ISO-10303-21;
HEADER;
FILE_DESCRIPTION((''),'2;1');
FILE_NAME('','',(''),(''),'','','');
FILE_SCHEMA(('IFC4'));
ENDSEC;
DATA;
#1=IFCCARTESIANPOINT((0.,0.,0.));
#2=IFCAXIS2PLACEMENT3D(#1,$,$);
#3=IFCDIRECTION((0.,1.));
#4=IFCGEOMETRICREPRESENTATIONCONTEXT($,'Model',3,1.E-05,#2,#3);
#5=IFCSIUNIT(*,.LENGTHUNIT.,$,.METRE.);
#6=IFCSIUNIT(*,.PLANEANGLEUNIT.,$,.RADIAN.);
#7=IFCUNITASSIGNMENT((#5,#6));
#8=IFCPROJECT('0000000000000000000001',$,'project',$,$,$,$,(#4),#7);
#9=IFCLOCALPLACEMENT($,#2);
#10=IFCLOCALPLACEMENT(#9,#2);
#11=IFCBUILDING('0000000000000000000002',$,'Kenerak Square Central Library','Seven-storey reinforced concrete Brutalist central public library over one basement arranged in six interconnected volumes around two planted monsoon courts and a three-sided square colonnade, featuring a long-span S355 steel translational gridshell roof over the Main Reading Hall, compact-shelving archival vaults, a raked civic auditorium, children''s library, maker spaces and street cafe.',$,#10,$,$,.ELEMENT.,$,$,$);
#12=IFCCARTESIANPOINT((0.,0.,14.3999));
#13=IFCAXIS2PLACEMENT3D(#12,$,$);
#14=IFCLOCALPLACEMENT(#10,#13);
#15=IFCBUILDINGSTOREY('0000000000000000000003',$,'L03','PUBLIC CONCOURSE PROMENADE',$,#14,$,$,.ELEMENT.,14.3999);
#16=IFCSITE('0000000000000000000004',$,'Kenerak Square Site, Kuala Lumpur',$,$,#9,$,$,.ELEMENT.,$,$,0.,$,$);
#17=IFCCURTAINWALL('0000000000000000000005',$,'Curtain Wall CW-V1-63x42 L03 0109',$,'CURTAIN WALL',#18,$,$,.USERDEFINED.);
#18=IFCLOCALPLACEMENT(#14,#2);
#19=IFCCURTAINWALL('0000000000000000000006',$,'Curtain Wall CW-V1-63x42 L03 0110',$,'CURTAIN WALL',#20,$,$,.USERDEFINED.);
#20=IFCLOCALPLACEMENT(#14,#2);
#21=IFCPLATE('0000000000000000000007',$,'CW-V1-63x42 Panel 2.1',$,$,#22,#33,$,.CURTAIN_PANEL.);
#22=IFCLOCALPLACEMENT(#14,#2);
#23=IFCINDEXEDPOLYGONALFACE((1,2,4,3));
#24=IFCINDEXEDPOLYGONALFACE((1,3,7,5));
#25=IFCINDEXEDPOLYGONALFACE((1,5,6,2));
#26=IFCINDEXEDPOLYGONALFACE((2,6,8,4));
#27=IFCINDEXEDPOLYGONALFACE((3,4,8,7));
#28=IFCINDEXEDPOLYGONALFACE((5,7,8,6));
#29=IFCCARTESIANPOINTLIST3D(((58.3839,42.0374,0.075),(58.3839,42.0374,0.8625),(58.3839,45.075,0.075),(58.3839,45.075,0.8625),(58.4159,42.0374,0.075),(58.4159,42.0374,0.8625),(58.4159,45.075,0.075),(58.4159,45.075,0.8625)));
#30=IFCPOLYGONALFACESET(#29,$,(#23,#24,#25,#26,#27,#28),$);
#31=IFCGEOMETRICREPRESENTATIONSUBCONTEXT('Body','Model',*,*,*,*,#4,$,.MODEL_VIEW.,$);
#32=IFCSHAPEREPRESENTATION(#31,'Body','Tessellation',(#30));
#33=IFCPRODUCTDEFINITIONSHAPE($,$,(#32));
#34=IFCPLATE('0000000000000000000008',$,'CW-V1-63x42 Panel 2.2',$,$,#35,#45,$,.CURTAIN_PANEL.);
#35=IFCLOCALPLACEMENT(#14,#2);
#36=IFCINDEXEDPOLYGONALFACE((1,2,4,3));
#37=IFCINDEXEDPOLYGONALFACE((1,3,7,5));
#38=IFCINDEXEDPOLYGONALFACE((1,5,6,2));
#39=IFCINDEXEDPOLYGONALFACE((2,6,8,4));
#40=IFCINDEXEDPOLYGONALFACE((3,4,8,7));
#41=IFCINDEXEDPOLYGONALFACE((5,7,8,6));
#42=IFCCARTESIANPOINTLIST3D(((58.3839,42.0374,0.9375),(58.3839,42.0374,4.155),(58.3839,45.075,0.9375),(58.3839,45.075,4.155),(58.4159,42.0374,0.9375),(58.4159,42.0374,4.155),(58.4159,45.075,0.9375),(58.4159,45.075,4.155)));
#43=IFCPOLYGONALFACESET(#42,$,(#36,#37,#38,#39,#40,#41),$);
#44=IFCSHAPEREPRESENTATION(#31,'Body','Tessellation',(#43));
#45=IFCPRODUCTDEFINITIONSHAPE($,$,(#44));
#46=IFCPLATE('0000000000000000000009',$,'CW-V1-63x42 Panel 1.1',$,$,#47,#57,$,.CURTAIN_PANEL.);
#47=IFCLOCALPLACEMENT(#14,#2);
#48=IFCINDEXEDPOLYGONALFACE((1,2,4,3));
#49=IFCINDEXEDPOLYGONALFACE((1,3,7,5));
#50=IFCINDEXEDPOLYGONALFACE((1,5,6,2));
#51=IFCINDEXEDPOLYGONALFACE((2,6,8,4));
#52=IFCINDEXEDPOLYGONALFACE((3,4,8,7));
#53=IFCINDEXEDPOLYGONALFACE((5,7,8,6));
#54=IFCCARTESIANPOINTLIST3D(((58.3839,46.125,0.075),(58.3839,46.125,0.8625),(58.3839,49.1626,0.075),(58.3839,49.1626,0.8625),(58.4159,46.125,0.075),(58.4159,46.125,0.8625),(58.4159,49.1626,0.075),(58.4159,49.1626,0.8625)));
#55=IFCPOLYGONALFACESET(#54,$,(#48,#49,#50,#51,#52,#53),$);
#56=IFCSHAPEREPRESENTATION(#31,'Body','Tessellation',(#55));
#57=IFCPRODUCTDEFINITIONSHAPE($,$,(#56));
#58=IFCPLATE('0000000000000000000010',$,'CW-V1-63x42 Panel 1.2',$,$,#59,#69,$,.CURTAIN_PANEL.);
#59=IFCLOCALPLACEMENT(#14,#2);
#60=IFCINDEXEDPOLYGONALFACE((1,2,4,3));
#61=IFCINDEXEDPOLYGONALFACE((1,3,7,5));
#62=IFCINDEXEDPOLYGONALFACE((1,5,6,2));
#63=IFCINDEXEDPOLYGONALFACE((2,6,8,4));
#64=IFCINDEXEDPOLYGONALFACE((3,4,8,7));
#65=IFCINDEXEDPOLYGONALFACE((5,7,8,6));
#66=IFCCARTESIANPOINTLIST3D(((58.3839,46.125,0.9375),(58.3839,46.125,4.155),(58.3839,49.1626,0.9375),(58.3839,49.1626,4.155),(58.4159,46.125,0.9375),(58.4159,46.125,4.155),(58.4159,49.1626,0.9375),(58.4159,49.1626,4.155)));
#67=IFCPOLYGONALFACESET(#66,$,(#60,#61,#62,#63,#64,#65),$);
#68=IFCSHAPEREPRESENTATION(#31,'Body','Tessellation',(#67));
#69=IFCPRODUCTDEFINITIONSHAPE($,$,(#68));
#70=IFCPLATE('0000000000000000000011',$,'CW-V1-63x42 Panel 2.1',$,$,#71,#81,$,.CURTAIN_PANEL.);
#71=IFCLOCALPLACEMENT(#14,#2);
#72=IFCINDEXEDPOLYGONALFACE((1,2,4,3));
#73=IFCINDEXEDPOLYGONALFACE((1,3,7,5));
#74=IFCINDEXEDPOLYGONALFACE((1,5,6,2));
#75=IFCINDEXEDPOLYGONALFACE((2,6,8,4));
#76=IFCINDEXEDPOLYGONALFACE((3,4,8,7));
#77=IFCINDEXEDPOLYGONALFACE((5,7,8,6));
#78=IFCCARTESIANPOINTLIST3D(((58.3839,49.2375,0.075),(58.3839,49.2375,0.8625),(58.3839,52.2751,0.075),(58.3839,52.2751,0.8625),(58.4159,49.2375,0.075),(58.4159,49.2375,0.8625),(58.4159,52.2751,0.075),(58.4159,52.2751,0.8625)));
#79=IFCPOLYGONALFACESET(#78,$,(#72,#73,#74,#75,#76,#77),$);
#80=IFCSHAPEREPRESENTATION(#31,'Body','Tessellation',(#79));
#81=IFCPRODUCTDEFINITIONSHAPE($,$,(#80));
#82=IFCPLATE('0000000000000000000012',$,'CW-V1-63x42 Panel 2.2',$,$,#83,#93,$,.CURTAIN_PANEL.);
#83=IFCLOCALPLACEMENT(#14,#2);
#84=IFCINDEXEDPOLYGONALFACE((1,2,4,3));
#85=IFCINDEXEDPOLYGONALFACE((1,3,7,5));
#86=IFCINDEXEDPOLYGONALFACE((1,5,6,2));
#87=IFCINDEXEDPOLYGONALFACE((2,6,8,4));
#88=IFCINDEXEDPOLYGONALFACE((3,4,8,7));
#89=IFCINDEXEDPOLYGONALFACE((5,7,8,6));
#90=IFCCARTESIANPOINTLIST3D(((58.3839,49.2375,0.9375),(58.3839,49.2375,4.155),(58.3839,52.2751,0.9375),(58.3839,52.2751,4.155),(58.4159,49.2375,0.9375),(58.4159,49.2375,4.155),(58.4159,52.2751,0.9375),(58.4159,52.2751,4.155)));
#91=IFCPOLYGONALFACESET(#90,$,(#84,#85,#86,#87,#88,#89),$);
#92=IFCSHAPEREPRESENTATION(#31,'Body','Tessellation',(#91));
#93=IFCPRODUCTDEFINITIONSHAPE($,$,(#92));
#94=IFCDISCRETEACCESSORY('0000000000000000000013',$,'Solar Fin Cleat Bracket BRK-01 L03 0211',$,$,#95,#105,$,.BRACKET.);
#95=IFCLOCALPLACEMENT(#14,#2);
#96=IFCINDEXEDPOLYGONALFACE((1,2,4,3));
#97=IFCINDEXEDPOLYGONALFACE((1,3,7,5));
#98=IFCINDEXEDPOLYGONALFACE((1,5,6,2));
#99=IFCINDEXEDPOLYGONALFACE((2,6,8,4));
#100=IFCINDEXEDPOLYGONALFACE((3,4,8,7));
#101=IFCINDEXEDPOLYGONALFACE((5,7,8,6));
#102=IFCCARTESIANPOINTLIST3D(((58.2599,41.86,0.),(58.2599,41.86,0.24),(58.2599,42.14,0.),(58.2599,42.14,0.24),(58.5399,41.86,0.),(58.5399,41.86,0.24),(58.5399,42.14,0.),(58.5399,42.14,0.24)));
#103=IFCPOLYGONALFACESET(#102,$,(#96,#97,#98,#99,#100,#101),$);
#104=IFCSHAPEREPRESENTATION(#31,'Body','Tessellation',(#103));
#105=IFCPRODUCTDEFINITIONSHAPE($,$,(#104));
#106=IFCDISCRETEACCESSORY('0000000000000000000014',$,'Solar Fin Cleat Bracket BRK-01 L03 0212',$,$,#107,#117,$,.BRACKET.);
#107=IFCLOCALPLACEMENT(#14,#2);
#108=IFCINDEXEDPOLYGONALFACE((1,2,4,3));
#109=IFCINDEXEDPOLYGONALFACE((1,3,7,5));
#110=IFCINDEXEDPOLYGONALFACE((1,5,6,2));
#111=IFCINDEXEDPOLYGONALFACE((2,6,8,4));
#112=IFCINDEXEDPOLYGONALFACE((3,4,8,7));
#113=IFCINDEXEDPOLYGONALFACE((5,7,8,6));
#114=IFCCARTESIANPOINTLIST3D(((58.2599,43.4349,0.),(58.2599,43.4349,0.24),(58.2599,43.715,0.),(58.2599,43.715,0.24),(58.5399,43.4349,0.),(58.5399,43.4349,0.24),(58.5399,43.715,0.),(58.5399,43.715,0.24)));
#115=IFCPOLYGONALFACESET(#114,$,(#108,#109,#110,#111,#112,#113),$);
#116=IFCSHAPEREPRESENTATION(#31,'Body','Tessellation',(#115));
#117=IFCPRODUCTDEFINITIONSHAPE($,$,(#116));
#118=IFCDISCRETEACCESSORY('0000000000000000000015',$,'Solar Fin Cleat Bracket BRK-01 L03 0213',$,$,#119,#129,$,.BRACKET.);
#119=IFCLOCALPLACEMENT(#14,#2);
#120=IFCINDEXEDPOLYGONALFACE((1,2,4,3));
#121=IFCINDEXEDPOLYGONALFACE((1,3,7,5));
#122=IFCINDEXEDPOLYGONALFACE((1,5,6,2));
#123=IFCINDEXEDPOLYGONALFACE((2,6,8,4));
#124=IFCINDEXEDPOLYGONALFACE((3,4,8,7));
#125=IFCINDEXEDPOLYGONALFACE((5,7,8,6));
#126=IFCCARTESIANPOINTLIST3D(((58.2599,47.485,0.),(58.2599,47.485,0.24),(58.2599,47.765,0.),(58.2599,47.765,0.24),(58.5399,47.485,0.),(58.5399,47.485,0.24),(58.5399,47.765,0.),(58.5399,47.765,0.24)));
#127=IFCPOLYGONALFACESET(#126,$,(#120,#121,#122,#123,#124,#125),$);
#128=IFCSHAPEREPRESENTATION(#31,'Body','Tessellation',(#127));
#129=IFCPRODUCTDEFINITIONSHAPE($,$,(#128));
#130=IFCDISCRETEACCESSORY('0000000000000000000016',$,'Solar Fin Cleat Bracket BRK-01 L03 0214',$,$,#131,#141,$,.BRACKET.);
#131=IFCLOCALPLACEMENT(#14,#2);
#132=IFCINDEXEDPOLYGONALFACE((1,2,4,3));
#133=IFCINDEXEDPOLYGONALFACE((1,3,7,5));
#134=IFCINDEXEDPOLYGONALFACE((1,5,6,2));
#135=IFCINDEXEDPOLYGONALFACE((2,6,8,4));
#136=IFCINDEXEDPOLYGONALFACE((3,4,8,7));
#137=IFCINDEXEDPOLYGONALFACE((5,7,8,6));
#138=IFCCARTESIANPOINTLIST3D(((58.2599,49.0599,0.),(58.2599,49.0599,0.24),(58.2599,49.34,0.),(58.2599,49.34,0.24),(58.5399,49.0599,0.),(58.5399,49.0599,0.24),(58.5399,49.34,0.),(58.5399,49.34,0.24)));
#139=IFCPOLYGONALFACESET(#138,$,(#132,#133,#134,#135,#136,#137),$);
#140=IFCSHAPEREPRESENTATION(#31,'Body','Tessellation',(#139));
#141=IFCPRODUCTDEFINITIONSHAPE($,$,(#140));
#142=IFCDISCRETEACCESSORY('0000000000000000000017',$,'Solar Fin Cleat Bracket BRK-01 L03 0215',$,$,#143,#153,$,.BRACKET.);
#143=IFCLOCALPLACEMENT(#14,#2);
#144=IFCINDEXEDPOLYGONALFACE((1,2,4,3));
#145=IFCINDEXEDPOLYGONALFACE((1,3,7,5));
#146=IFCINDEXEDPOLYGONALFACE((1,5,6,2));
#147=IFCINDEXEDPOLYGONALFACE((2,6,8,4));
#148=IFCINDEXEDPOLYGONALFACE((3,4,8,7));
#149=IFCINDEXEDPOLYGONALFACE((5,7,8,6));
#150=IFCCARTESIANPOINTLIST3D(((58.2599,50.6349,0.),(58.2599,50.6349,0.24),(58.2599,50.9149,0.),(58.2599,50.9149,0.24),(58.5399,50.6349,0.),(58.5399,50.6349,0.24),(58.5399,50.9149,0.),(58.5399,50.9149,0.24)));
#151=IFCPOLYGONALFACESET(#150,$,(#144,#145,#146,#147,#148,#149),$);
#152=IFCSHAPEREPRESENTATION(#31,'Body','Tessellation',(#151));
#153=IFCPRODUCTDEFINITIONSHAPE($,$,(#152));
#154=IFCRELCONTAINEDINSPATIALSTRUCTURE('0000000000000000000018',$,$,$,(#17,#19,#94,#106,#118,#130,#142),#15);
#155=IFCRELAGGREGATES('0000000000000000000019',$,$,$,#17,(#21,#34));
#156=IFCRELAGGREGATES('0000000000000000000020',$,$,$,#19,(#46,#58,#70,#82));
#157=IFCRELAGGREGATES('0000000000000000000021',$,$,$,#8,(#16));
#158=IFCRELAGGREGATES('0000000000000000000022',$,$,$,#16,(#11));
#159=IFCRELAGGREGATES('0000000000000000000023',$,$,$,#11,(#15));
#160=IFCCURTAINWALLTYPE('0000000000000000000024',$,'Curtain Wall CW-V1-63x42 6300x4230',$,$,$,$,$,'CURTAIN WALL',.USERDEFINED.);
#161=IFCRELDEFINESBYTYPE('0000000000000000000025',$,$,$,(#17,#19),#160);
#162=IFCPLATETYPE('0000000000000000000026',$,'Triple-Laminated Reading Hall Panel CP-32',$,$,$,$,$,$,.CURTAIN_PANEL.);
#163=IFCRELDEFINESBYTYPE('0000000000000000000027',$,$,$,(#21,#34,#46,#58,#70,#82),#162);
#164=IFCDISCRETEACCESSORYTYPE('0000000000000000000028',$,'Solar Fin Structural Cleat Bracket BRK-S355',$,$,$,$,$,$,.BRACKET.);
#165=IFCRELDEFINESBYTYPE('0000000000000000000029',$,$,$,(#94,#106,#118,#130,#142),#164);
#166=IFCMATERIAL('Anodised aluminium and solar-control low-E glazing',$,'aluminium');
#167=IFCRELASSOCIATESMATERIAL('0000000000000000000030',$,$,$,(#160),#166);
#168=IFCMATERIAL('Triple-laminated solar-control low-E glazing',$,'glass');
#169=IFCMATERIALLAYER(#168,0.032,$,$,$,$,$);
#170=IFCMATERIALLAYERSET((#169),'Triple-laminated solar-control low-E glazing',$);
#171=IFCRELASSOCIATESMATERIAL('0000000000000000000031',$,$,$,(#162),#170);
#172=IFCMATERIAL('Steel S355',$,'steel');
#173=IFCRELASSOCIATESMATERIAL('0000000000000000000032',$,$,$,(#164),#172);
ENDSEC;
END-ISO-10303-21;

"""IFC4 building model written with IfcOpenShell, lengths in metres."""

from ifc_helpers import new_model, si_unit, direction, frame, origin, origin_2d, place, context, subcontext, project, spatial, rectangle, extrude, material, layer, layer_set, type_object, element, aggregate, save


model = new_model("IFC4")

# Units and contexts
model_context = context("Model", 3, precision=1e-05, world=origin(), true_north=direction((0.0, 1.0)))
body_context = subcontext(model_context, "Body", "Model", "MODEL_VIEW")
ifc_project = project(units=[si_unit("LENGTHUNIT", "METRE"), si_unit("PLANEANGLEUNIT", "RADIAN")], contexts=[model_context])

# Site, building, storey
site_placement = place(None, origin())
site = spatial("IfcSite", under=ifc_project, at=site_placement, Name="Kenerak Square Site, Kuala Lumpur", CompositionType="ELEMENT", RefElevation=0.0)
building_placement = place(site_placement, origin())
building = spatial("IfcBuilding", under=site, at=building_placement, Name="Kenerak Square Central Library", Description="Seven-storey reinforced concrete Brutalist central public library over one basement arranged in six interconnected volumes around two planted monsoon courts and a three-sided square colonnade, featuring a long-span S355 steel translational gridshell roof over the Main Reading Hall, compact-shelving archival vaults, a raked civic auditorium, children's library, maker spaces and street cafe.", CompositionType="ELEMENT")
storey_placement = place(building_placement, frame((0.0, 0.0, 14.3999)))
storey = spatial("IfcBuildingStorey", under=building, at=storey_placement, Name="L03", Description="PUBLIC CONCOURSE PROMENADE", CompositionType="ELEMENT", Elevation=14.3999)

# Curtain wall
ifc_material_1 = material(Name="Anodised aluminium and solar-control low-E glazing", Category="aluminium")
curtain_wall_type = type_object("IfcCurtainWallType", Name="Curtain Wall CW-V1-63x42 6300x4230", ElementType="CURTAIN WALL", PredefinedType="USERDEFINED", material=ifc_material_1)
curtain_wall_1_placement = place(storey_placement, origin())
curtain_wall_1 = element("IfcCurtainWall", 1, at=curtain_wall_1_placement, inside=storey, type_object=curtain_wall_type, Name="Curtain Wall CW-V1-63x42 L03 0109", ObjectType="CURTAIN WALL", PredefinedType="USERDEFINED")

# Curtain wall
curtain_wall_2_placement = place(storey_placement, origin())
curtain_wall_2 = element("IfcCurtainWall", 2, at=curtain_wall_2_placement, inside=storey, type_object=curtain_wall_type, Name="Curtain Wall CW-V1-63x42 L03 0110", ObjectType="CURTAIN WALL", PredefinedType="USERDEFINED")

# Plates
ifc_material_2 = material(Name="Triple-laminated solar-control low-E glazing", Category="glass")
ifc_layer = layer(ifc_material_2, 0.032)
ifc_layer_set = layer_set([ifc_layer], Name="Triple-laminated solar-control low-E glazing")
plate_type = type_object("IfcPlateType", Name="Triple-Laminated Reading Hall Panel CP-32", PredefinedType="CURTAIN_PANEL", material=ifc_layer_set)
plate_1_placement = place(storey_placement, frame((58.3999, 43.5562, 0.075), z_axis=(0.0, 0.0, 1.0), x_axis=(0.0, 1.0, 0.0)))
plate_1 = element("IfcPlate", 3, at=plate_1_placement, type_object=plate_type, Name="CW-V1-63x42 Panel 2.1", PredefinedType="CURTAIN_PANEL", context=body_context, shape_type="SweptSolid", body=[
    extrude(rectangle(XDim=3.0376, YDim=0.032, at=origin_2d()), origin(), (0.0, 0.0, 1.0), 0.7876),
])
plate_2_placement = place(storey_placement, frame((58.3999, 43.5562, 0.9375), z_axis=(0.0, 0.0, 1.0), x_axis=(0.0, 1.0, 0.0)))
plate_2 = element("IfcPlate", 4, at=plate_2_placement, type_object=plate_type, Name="CW-V1-63x42 Panel 2.2", PredefinedType="CURTAIN_PANEL", context=body_context, shape_type="SweptSolid", body=[
    extrude(rectangle(XDim=3.0376, YDim=0.032, at=origin_2d()), origin(), (0.0, 0.0, 1.0), 3.2175),
])
aggregate(curtain_wall_1, [plate_1, plate_2])
plate_3_placement = place(storey_placement, frame((58.3999, 47.6438, 0.075), z_axis=(0.0, 0.0, 1.0), x_axis=(0.0, 1.0, 0.0)))
plate_3 = element("IfcPlate", 5, at=plate_3_placement, type_object=plate_type, Name="CW-V1-63x42 Panel 1.1", PredefinedType="CURTAIN_PANEL", context=body_context, shape_type="SweptSolid", body=[
    extrude(rectangle(XDim=3.0376, YDim=0.032, at=origin_2d()), origin(), (0.0, 0.0, 1.0), 0.7876),
])
plate_4_placement = place(storey_placement, frame((58.3999, 47.6438, 0.9375), z_axis=(0.0, 0.0, 1.0), x_axis=(0.0, 1.0, 0.0)))
plate_4 = element("IfcPlate", 6, at=plate_4_placement, type_object=plate_type, Name="CW-V1-63x42 Panel 1.2", PredefinedType="CURTAIN_PANEL", context=body_context, shape_type="SweptSolid", body=[
    extrude(rectangle(XDim=3.0376, YDim=0.032, at=origin_2d()), origin(), (0.0, 0.0, 1.0), 3.2175),
])
plate_5_placement = place(storey_placement, frame((58.3999, 50.7563, 0.075), z_axis=(0.0, 0.0, 1.0), x_axis=(0.0, 1.0, 0.0)))
plate_5 = element("IfcPlate", 7, at=plate_5_placement, type_object=plate_type, Name="CW-V1-63x42 Panel 2.1", PredefinedType="CURTAIN_PANEL", context=body_context, shape_type="SweptSolid", body=[
    extrude(rectangle(XDim=3.0376, YDim=0.032, at=origin_2d()), origin(), (0.0, 0.0, 1.0), 0.7876),
])
plate_6_placement = place(storey_placement, frame((58.3999, 50.7563, 0.9375), z_axis=(0.0, 0.0, 1.0), x_axis=(0.0, 1.0, 0.0)))
plate_6 = element("IfcPlate", 8, at=plate_6_placement, type_object=plate_type, Name="CW-V1-63x42 Panel 2.2", PredefinedType="CURTAIN_PANEL", context=body_context, shape_type="SweptSolid", body=[
    extrude(rectangle(XDim=3.0376, YDim=0.032, at=origin_2d()), origin(), (0.0, 0.0, 1.0), 3.2175),
])
aggregate(curtain_wall_2, [plate_3, plate_4, plate_5, plate_6])

# Discrete accessories
ifc_material_3 = material(Name="Steel S355", Category="steel")
discrete_accessory_type = type_object("IfcDiscreteAccessoryType", Name="Solar Fin Structural Cleat Bracket BRK-S355", PredefinedType="BRACKET", material=ifc_material_3)
for number, where, z_axis, x_axis, name in (
    (9, (58.3999, 42.0, 0.0), (0.0, 0.0, 1.0), (0.0, 1.0, 0.0), "Solar Fin Cleat Bracket BRK-01 L03 0211"),
    (10, (58.3999, 43.575, 0.0), (0.0, 0.0, 1.0), (0.0, 1.0, 0.0), "Solar Fin Cleat Bracket BRK-01 L03 0212"),
    (11, (58.3999, 47.625, 0.0), (0.0, 0.0, 1.0), (0.0, 1.0, 0.0), "Solar Fin Cleat Bracket BRK-01 L03 0213"),
    (12, (58.3999, 49.2, 0.0), (0.0, 0.0, 1.0), (0.0, 1.0, 0.0), "Solar Fin Cleat Bracket BRK-01 L03 0214"),
    (13, (58.3999, 50.7749, 0.0), (0.0, 0.0, 1.0), (0.0, 1.0, 0.0), "Solar Fin Cleat Bracket BRK-01 L03 0215"),
):
    element("IfcDiscreteAccessory", number, at=place(storey_placement, frame(where, z_axis=z_axis, x_axis=x_axis)), inside=storey, type_object=discrete_accessory_type, Name=name, PredefinedType="BRACKET", context=body_context, shape_type="SweptSolid", body=[
        extrude(rectangle(XDim=0.28, YDim=0.28, at=origin_2d()), origin(), (0.0, 0.0, 1.0), 0.24),
    ])

save(model, "model.ifc")
